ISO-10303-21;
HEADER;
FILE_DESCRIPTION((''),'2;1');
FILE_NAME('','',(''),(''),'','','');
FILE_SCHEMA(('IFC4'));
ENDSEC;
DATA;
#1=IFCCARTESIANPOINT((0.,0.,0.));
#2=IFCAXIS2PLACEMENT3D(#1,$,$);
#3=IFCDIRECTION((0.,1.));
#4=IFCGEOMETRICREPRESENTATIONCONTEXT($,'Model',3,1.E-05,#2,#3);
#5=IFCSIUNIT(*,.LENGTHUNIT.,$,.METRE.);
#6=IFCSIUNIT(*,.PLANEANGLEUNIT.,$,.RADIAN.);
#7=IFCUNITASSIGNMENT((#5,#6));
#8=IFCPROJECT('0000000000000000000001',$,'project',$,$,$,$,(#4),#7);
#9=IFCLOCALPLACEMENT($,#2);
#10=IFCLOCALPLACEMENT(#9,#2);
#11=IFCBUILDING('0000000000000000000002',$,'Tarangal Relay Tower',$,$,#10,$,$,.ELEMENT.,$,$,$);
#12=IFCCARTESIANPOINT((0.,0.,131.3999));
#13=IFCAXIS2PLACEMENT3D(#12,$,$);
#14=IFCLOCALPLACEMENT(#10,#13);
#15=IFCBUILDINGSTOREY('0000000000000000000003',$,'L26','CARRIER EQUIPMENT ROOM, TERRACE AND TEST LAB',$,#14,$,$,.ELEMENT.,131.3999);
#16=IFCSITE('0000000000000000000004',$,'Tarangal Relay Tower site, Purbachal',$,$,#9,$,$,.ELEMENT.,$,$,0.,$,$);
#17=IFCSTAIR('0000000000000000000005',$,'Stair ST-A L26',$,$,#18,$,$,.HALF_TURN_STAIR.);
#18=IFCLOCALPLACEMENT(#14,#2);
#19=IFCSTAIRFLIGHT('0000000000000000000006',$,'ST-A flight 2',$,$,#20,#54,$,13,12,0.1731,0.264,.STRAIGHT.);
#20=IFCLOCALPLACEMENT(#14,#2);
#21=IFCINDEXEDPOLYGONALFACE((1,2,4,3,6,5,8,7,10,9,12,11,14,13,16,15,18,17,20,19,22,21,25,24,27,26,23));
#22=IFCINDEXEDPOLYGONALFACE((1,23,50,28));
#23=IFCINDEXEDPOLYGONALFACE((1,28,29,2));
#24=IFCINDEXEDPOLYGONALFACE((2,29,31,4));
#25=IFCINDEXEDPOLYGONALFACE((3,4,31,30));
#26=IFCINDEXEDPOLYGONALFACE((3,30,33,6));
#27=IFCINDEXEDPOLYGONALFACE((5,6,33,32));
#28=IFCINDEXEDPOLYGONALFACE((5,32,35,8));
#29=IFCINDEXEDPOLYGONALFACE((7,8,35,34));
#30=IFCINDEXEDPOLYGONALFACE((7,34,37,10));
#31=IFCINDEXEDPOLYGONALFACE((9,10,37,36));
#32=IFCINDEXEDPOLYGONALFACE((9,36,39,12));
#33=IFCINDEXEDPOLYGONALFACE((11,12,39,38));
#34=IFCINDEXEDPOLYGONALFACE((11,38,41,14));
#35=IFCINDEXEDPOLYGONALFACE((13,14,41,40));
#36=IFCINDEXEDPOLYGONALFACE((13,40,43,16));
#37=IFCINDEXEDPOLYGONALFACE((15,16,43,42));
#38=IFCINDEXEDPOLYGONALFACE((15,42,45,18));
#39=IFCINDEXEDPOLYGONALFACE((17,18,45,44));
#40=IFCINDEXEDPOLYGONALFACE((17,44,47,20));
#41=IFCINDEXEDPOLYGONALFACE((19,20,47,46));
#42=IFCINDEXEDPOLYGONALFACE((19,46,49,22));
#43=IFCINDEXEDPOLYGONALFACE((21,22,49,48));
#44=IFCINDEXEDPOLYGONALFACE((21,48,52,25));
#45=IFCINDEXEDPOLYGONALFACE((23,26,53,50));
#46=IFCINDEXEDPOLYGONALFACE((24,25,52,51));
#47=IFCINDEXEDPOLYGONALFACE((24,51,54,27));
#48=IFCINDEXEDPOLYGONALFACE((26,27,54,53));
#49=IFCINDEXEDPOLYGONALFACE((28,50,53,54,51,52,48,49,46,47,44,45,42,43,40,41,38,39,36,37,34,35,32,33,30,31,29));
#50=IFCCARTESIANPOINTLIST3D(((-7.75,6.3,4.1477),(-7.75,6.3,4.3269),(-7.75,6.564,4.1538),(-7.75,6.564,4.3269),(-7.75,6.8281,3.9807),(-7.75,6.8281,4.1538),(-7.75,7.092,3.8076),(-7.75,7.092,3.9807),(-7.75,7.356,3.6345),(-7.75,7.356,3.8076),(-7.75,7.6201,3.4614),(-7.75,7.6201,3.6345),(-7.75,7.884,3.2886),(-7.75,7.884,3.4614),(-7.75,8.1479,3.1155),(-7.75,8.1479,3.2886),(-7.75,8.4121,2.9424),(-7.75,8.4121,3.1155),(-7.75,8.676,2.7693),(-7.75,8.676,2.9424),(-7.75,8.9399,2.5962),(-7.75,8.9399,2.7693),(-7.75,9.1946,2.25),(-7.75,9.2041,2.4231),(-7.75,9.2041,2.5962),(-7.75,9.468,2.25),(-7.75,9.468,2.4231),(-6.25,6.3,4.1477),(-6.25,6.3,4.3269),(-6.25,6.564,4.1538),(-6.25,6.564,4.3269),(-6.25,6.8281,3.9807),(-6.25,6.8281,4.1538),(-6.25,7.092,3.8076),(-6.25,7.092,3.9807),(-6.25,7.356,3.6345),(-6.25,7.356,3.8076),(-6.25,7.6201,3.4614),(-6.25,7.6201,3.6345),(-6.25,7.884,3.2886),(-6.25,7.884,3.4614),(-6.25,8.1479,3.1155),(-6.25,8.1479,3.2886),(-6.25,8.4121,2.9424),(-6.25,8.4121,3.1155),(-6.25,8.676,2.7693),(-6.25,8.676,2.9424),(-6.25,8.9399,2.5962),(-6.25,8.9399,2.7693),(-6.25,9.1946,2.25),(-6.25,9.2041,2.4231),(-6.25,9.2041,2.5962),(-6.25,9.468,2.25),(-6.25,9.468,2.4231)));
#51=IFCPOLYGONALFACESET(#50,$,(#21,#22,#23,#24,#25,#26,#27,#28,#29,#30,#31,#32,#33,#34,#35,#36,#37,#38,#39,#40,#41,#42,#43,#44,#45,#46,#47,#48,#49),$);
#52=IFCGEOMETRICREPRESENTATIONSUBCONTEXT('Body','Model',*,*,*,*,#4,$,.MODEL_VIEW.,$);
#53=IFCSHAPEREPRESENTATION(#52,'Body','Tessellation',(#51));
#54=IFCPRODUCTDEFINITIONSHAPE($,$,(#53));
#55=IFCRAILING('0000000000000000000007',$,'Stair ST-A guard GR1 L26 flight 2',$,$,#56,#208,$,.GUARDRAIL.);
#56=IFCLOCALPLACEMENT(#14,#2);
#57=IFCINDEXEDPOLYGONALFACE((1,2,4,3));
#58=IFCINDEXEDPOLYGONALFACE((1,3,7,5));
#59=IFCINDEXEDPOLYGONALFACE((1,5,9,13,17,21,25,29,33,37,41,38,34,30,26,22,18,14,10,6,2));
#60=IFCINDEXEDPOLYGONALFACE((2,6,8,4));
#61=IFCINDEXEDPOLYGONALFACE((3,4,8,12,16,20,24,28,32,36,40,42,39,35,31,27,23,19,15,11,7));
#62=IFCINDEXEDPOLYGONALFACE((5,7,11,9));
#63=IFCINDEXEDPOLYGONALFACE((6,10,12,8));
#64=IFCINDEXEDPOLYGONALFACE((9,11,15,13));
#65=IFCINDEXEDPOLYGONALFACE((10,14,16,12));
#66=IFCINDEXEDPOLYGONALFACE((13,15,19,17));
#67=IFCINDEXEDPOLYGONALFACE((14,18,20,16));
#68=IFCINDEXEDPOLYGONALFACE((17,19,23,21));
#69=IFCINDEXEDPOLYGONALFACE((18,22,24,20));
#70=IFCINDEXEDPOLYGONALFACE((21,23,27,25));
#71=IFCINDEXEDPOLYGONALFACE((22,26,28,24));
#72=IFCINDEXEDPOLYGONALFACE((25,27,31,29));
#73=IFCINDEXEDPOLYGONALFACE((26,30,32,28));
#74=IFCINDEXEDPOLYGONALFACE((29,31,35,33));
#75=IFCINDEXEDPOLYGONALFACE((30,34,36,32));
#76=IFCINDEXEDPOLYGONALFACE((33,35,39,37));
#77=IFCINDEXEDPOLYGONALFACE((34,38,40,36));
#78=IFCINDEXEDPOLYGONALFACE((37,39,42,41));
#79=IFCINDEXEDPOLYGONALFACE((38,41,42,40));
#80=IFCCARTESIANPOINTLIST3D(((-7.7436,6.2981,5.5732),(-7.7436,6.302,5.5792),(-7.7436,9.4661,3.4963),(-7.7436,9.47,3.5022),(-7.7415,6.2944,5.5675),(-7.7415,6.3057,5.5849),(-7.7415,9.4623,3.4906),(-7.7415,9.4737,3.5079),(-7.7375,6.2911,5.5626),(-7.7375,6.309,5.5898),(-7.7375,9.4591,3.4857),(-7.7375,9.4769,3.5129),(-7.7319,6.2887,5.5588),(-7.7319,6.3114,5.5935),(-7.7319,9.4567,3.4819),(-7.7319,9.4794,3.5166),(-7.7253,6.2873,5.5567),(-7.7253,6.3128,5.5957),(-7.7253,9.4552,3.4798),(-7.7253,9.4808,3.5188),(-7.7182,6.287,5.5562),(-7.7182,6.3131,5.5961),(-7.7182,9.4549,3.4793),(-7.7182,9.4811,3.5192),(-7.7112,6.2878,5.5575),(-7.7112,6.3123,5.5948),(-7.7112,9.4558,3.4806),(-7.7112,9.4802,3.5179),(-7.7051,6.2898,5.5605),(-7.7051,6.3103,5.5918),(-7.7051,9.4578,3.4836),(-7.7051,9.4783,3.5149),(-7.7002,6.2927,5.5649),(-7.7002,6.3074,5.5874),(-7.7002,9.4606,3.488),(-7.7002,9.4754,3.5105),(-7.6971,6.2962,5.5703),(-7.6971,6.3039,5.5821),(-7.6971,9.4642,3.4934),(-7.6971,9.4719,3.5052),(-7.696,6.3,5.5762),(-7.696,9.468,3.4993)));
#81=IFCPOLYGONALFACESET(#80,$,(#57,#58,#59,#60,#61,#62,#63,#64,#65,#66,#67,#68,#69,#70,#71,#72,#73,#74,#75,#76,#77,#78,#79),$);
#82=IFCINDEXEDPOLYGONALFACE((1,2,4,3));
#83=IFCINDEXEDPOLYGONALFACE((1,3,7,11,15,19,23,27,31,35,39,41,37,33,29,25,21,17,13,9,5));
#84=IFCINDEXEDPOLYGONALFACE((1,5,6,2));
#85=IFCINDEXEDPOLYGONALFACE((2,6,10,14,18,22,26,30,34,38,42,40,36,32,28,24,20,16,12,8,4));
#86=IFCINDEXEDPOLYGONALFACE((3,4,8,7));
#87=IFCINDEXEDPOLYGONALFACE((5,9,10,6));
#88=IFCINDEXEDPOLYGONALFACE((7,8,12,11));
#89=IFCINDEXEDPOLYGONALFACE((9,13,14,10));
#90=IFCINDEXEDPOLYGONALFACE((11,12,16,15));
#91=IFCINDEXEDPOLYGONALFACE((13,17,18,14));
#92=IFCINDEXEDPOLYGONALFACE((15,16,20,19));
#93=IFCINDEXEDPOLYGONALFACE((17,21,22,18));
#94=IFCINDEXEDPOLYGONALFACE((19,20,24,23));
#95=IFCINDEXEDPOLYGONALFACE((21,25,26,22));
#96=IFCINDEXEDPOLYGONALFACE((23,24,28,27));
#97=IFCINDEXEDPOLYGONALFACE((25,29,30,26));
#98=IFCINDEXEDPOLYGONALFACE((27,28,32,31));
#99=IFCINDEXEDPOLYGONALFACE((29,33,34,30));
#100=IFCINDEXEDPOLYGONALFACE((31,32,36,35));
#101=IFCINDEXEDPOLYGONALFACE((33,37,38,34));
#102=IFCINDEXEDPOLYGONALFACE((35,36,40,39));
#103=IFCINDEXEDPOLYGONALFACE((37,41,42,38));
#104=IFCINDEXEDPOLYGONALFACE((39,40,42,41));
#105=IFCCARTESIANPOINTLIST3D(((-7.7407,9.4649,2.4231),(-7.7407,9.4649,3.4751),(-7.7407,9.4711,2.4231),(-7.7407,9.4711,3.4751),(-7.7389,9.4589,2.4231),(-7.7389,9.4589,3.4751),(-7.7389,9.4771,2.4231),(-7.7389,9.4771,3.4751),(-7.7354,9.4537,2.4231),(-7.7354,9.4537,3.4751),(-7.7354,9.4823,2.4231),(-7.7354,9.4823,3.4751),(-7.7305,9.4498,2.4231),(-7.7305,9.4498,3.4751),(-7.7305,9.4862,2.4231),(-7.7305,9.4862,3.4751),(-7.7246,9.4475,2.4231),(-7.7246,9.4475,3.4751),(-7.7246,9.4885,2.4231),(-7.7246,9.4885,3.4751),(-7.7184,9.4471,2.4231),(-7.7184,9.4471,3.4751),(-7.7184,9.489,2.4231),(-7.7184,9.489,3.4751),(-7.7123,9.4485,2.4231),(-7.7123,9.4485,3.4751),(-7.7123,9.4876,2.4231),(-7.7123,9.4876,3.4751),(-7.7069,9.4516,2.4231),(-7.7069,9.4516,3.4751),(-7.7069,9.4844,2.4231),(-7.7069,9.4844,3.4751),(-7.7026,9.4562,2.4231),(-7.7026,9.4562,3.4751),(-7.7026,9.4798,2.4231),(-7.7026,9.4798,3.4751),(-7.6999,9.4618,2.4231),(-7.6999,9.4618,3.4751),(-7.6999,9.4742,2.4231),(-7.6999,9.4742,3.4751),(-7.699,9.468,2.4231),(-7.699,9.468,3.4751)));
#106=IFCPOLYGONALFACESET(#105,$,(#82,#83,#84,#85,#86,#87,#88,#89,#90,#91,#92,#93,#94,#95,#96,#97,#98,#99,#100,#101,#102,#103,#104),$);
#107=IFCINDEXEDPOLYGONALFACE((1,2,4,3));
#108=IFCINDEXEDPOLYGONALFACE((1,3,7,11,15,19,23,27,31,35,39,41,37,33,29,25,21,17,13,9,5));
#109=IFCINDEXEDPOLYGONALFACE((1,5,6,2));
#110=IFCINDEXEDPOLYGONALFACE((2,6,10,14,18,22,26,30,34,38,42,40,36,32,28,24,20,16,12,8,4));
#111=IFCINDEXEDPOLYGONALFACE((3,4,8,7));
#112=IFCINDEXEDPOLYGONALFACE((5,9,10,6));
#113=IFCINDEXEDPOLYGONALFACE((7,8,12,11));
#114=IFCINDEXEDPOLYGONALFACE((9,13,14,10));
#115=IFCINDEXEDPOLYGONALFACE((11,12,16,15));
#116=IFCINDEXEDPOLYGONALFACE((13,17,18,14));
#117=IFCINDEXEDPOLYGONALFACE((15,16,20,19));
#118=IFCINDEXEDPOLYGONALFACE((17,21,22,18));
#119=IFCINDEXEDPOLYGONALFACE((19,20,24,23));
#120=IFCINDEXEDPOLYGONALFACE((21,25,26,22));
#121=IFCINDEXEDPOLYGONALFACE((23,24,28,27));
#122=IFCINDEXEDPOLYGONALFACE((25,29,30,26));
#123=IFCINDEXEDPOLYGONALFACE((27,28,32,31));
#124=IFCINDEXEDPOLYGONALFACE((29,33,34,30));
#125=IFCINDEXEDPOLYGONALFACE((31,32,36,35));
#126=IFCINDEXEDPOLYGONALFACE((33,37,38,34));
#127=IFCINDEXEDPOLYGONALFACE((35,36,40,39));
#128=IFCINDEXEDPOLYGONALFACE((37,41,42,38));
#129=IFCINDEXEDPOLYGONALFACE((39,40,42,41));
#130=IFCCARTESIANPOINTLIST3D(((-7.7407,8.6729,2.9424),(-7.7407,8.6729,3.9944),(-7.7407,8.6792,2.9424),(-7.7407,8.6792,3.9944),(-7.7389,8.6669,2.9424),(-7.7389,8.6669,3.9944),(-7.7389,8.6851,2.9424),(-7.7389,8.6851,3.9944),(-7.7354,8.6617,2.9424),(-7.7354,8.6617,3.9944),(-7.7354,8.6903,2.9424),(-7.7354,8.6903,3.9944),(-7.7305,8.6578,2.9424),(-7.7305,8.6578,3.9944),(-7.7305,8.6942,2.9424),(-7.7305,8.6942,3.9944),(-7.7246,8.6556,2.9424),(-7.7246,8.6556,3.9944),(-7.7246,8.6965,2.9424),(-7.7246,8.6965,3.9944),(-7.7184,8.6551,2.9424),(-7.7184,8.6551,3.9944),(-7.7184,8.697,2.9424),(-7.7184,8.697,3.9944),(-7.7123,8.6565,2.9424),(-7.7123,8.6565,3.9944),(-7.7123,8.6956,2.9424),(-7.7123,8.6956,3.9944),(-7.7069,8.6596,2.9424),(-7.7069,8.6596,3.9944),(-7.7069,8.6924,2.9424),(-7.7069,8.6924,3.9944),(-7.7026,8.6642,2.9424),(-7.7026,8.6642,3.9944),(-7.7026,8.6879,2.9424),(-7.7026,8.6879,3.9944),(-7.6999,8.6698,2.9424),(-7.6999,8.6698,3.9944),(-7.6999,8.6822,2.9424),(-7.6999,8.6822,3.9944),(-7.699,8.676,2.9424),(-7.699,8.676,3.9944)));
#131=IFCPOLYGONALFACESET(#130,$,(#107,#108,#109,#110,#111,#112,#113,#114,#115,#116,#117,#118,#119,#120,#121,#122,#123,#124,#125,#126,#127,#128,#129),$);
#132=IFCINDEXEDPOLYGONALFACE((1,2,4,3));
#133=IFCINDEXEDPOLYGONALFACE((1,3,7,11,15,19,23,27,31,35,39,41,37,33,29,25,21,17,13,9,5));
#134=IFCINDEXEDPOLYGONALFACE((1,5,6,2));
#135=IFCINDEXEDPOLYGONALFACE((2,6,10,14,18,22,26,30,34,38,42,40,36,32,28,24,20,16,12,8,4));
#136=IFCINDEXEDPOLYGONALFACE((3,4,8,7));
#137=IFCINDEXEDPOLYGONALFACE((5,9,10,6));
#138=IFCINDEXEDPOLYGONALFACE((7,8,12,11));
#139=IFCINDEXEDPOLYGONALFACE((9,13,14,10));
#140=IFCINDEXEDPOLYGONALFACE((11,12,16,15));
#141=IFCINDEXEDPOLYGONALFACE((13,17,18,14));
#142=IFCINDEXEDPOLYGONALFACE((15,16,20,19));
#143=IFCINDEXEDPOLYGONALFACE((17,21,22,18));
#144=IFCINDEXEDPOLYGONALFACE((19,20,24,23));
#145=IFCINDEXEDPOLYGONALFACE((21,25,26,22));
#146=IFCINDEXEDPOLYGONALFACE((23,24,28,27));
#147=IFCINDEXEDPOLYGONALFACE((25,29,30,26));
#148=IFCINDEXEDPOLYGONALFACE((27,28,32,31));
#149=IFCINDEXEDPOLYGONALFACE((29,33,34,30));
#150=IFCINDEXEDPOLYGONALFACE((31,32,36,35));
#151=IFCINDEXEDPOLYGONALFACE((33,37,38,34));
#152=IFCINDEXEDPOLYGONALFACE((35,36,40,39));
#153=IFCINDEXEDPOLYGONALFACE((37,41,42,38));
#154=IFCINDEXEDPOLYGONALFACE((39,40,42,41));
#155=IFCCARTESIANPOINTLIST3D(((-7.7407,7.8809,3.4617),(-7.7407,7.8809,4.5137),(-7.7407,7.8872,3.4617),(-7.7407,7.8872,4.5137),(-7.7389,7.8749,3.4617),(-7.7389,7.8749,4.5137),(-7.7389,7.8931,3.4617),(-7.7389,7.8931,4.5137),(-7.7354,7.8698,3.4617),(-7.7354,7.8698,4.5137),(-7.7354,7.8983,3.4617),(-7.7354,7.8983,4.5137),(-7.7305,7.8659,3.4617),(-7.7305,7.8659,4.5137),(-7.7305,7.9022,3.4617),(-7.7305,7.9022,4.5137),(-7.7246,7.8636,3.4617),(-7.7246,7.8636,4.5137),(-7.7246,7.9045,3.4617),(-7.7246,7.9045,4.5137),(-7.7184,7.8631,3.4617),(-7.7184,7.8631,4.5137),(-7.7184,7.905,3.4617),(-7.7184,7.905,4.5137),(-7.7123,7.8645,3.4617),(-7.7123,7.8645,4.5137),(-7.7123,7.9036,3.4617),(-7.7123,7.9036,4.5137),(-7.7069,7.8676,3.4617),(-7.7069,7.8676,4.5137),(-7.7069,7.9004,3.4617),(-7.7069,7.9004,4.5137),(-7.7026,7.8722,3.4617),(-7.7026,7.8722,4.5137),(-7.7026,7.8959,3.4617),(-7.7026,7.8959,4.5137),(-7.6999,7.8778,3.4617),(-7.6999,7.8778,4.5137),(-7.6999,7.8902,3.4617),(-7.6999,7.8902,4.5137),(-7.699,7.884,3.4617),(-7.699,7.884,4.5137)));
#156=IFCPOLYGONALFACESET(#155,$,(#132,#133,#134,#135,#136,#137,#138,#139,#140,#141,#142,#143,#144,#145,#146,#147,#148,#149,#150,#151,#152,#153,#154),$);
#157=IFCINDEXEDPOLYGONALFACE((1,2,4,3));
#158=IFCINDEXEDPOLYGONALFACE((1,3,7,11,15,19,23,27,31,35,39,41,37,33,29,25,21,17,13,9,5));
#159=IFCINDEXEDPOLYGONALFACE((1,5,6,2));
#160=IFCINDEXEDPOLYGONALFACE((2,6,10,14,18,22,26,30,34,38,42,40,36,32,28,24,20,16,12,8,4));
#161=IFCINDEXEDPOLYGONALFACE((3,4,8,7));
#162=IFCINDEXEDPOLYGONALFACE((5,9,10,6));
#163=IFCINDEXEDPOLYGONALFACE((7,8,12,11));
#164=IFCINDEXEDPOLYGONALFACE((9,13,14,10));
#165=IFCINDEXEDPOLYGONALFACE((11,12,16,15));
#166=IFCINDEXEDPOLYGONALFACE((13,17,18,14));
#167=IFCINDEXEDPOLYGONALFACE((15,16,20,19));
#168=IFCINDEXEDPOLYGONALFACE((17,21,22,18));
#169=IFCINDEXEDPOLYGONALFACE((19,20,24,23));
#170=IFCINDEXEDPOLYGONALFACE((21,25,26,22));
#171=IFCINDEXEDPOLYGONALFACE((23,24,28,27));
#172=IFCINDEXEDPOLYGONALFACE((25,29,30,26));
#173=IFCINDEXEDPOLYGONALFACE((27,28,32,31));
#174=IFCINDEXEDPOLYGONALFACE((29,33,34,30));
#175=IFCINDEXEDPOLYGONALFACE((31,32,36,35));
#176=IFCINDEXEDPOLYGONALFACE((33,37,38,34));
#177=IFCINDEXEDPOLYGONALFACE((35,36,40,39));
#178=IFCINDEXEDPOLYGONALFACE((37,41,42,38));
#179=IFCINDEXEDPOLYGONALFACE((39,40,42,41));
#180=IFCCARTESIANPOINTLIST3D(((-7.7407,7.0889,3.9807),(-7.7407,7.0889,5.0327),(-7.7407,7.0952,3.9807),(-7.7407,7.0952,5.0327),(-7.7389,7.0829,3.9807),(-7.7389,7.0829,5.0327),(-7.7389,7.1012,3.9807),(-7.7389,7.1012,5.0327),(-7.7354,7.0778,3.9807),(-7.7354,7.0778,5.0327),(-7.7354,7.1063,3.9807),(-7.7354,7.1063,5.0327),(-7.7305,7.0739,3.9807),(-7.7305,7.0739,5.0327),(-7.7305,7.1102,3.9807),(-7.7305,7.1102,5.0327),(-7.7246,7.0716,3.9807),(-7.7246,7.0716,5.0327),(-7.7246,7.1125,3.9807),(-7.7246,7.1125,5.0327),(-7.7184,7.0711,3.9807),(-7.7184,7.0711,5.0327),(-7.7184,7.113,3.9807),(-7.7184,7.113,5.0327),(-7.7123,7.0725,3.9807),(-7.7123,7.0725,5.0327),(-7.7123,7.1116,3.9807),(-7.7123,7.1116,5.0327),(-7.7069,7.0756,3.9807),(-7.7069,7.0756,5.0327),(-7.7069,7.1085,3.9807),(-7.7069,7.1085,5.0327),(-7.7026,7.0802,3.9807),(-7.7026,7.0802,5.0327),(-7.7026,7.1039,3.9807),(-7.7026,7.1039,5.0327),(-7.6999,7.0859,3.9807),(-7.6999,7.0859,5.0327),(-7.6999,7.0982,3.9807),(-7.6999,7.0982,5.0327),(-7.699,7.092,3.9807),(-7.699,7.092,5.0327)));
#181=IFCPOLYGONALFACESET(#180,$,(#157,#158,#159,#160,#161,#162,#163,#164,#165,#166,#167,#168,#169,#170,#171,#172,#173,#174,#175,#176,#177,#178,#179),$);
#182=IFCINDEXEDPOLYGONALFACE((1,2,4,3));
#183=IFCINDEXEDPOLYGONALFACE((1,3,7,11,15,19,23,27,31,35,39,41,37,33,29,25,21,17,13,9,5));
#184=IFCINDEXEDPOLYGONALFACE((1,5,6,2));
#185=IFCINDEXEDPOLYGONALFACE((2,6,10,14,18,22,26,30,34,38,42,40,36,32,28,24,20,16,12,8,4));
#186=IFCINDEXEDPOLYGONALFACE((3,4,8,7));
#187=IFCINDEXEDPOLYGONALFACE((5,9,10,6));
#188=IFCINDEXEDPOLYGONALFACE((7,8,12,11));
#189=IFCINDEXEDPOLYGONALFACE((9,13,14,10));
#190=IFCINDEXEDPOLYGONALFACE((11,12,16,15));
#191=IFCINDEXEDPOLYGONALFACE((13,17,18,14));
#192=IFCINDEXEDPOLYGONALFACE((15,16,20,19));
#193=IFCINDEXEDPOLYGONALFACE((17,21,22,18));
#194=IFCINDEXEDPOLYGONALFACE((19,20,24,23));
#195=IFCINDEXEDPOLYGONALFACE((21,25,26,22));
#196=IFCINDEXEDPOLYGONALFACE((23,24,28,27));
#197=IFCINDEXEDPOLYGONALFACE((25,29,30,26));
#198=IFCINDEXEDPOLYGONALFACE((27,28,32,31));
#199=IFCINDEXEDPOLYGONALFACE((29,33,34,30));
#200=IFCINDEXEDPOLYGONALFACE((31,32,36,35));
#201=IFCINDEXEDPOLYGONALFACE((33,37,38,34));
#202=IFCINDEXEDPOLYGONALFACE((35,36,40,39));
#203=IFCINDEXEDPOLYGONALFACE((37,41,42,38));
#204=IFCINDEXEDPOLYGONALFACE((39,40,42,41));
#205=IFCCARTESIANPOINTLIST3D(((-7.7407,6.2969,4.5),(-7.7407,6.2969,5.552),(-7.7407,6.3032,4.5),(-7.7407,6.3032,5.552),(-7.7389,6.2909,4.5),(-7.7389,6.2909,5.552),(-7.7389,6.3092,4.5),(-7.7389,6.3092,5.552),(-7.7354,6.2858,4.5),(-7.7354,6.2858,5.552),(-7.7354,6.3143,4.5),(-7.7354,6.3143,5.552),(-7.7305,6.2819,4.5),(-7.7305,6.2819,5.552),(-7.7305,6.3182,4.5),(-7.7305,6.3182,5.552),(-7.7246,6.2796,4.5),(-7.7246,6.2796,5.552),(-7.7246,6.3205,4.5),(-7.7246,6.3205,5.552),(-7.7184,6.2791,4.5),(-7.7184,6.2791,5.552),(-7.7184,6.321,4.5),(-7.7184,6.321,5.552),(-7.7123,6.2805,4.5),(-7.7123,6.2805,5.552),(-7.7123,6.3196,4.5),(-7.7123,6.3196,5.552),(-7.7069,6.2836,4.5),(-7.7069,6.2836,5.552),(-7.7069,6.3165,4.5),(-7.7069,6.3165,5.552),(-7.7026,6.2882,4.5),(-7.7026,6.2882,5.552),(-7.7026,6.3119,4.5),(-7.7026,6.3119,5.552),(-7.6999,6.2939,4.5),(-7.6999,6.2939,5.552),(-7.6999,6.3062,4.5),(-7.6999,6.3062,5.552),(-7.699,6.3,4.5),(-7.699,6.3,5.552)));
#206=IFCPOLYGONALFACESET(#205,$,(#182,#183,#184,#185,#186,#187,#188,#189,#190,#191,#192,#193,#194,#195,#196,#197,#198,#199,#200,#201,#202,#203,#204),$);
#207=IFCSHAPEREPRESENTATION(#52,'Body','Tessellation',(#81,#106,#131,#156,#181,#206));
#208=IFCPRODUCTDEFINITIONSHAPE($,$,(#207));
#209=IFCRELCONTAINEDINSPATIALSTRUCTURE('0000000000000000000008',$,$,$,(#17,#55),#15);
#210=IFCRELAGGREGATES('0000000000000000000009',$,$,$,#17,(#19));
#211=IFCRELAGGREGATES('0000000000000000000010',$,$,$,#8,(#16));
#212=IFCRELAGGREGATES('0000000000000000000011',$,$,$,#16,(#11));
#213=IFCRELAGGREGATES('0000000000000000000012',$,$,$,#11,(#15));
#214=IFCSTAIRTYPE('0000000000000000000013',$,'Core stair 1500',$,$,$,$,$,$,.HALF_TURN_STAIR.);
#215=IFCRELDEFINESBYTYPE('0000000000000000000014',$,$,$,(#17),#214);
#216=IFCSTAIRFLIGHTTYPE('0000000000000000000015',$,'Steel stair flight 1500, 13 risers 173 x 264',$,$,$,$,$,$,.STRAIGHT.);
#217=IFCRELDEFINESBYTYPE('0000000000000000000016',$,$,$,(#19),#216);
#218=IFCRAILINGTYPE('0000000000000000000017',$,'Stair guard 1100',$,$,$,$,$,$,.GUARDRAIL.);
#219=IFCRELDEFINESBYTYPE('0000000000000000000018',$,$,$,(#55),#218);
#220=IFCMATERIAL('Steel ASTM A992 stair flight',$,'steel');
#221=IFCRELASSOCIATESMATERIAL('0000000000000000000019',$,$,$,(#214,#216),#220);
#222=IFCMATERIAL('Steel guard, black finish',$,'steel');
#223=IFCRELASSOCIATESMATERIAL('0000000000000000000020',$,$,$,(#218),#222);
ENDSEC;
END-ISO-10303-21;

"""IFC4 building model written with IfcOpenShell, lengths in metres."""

from ifc_helpers import new_model, si_unit, direction, frame, origin, origin_2d, place, context, subcontext, project, spatial, polyline, circle, outline, extrude, material, type_object, element, aggregate, save


model = new_model("IFC4")

# Units and contexts
model_context = context("Model", 3, precision=1e-05, world=origin(), true_north=direction((0.0, 1.0)))
body_context = subcontext(model_context, "Body", "Model", "MODEL_VIEW")
ifc_project = project(units=[si_unit("LENGTHUNIT", "METRE"), si_unit("PLANEANGLEUNIT", "RADIAN")], contexts=[model_context])

# Site, building, storey
site_placement = place(None, origin())
site = spatial("IfcSite", under=ifc_project, at=site_placement, Name="Tarangal Relay Tower site, Purbachal", CompositionType="ELEMENT", RefElevation=0.0)
building_placement = place(site_placement, origin())
building = spatial("IfcBuilding", under=site, at=building_placement, Name="Tarangal Relay Tower", CompositionType="ELEMENT")
storey_placement = place(building_placement, frame((0.0, 0.0, 131.3999)))
storey = spatial("IfcBuildingStorey", under=building, at=storey_placement, Name="L26", Description="CARRIER EQUIPMENT ROOM, TERRACE AND TEST LAB", CompositionType="ELEMENT", Elevation=131.3999)

# Stair, stair flight
ifc_material_1 = material(Name="Steel ASTM A992 stair flight", Category="steel")
stair_type = type_object("IfcStairType", Name="Core stair 1500", PredefinedType="HALF_TURN_STAIR", material=ifc_material_1)
stair_placement = place(storey_placement, origin())
stair = element("IfcStair", 1, at=stair_placement, inside=storey, type_object=stair_type, Name="Stair ST-A L26", PredefinedType="HALF_TURN_STAIR")
stair_flight_type = type_object("IfcStairFlightType", Name="Steel stair flight 1500, 13 risers 173 x 264", PredefinedType="STRAIGHT", material=ifc_material_1)
stair_flight_placement = place(storey_placement, frame((-7.0, 9.468, 2.25), z_axis=(0.0, 0.0, 1.0), x_axis=(0.0, -1.0, 0.0)))
stair_flight = element("IfcStairFlight", 2, at=stair_flight_placement, type_object=stair_flight_type, Name="ST-A flight 2", NumberOfRisers=13, NumberOfTreads=12, PredefinedType="STRAIGHT", RiserHeight=0.1731, TreadLength=0.264, context=body_context, shape_type="SweptSolid", body=[
    extrude(outline(polyline([(0.0, 0.0), (0.0, 0.1731), (0.2639, 0.1731), (0.2639, 0.3462), (0.5281, 0.3462), (0.5281, 0.5193), (0.792, 0.5193), (0.792, 0.6924), (1.0559, 0.6924), (1.0559, 0.8655), (1.3201, 0.8655), (1.3201, 1.0386), (1.584, 1.0386), (1.584, 1.2114), (1.8479, 1.2114), (1.8479, 1.3845), (2.1121, 1.3845), (2.1121, 1.5576), (2.376, 1.5576), (2.376, 1.7307), (2.6399, 1.7307), (2.6399, 1.9038), (2.9041, 1.9038), (2.9041, 2.0769), (3.168, 2.0769), (3.168, 2.25), (3.168, 1.8977), (0.2734, 0.0), (0.0, 0.0)])), frame((0.0, 0.75, 0.0), z_axis=(0.0, -1.0, 0.0), x_axis=(1.0, 0.0, 0.0)), (0.0, 0.0, 1.0), 1.5),
])
aggregate(stair, [stair_flight])

# Railing
ifc_material_2 = material(Name="Steel guard, black finish", Category="steel")
railing_type_1 = type_object("IfcRailingType", Name="Stair guard 1100", PredefinedType="GUARDRAIL", material=ifc_material_2)
railing_1_placement = place(storey_placement, frame((-7.72, 9.468, 2.4231)))
element("IfcRailing", 3, at=railing_1_placement, inside=storey, type_object=railing_type_1, Name="Stair ST-A guard GR1 L26 flight 2", PredefinedType="GUARDRAIL", context=body_context, shape_type="SweptSolid", body=[
    extrude(circle(Radius=0.0239, at=origin_2d()), frame((0.0, 0.0, 1.0762), z_axis=(0.0, -0.836299, 0.548273), x_axis=(1.0, 0.0, 0.0)), (0.0, 0.0, 1.0), 3.7881),
    extrude(circle(Radius=0.021, at=origin_2d()), origin(), (0.0, 0.0, 1.0), 1.052),
    extrude(circle(Radius=0.021, at=origin_2d()), frame((0.0, -0.792, 0.5193)), (0.0, 0.0, 1.0), 1.052),
    extrude(circle(Radius=0.021, at=origin_2d()), frame((0.0, -1.584, 1.0386)), (0.0, 0.0, 1.0), 1.052),
    extrude(circle(Radius=0.021, at=origin_2d()), frame((0.0, -2.376, 1.5576)), (0.0, 0.0, 1.0), 1.052),
    extrude(circle(Radius=0.021, at=origin_2d()), frame((0.0, -3.168, 2.0769)), (0.0, 0.0, 1.0), 1.052),
])

save(model, "model.ifc")
